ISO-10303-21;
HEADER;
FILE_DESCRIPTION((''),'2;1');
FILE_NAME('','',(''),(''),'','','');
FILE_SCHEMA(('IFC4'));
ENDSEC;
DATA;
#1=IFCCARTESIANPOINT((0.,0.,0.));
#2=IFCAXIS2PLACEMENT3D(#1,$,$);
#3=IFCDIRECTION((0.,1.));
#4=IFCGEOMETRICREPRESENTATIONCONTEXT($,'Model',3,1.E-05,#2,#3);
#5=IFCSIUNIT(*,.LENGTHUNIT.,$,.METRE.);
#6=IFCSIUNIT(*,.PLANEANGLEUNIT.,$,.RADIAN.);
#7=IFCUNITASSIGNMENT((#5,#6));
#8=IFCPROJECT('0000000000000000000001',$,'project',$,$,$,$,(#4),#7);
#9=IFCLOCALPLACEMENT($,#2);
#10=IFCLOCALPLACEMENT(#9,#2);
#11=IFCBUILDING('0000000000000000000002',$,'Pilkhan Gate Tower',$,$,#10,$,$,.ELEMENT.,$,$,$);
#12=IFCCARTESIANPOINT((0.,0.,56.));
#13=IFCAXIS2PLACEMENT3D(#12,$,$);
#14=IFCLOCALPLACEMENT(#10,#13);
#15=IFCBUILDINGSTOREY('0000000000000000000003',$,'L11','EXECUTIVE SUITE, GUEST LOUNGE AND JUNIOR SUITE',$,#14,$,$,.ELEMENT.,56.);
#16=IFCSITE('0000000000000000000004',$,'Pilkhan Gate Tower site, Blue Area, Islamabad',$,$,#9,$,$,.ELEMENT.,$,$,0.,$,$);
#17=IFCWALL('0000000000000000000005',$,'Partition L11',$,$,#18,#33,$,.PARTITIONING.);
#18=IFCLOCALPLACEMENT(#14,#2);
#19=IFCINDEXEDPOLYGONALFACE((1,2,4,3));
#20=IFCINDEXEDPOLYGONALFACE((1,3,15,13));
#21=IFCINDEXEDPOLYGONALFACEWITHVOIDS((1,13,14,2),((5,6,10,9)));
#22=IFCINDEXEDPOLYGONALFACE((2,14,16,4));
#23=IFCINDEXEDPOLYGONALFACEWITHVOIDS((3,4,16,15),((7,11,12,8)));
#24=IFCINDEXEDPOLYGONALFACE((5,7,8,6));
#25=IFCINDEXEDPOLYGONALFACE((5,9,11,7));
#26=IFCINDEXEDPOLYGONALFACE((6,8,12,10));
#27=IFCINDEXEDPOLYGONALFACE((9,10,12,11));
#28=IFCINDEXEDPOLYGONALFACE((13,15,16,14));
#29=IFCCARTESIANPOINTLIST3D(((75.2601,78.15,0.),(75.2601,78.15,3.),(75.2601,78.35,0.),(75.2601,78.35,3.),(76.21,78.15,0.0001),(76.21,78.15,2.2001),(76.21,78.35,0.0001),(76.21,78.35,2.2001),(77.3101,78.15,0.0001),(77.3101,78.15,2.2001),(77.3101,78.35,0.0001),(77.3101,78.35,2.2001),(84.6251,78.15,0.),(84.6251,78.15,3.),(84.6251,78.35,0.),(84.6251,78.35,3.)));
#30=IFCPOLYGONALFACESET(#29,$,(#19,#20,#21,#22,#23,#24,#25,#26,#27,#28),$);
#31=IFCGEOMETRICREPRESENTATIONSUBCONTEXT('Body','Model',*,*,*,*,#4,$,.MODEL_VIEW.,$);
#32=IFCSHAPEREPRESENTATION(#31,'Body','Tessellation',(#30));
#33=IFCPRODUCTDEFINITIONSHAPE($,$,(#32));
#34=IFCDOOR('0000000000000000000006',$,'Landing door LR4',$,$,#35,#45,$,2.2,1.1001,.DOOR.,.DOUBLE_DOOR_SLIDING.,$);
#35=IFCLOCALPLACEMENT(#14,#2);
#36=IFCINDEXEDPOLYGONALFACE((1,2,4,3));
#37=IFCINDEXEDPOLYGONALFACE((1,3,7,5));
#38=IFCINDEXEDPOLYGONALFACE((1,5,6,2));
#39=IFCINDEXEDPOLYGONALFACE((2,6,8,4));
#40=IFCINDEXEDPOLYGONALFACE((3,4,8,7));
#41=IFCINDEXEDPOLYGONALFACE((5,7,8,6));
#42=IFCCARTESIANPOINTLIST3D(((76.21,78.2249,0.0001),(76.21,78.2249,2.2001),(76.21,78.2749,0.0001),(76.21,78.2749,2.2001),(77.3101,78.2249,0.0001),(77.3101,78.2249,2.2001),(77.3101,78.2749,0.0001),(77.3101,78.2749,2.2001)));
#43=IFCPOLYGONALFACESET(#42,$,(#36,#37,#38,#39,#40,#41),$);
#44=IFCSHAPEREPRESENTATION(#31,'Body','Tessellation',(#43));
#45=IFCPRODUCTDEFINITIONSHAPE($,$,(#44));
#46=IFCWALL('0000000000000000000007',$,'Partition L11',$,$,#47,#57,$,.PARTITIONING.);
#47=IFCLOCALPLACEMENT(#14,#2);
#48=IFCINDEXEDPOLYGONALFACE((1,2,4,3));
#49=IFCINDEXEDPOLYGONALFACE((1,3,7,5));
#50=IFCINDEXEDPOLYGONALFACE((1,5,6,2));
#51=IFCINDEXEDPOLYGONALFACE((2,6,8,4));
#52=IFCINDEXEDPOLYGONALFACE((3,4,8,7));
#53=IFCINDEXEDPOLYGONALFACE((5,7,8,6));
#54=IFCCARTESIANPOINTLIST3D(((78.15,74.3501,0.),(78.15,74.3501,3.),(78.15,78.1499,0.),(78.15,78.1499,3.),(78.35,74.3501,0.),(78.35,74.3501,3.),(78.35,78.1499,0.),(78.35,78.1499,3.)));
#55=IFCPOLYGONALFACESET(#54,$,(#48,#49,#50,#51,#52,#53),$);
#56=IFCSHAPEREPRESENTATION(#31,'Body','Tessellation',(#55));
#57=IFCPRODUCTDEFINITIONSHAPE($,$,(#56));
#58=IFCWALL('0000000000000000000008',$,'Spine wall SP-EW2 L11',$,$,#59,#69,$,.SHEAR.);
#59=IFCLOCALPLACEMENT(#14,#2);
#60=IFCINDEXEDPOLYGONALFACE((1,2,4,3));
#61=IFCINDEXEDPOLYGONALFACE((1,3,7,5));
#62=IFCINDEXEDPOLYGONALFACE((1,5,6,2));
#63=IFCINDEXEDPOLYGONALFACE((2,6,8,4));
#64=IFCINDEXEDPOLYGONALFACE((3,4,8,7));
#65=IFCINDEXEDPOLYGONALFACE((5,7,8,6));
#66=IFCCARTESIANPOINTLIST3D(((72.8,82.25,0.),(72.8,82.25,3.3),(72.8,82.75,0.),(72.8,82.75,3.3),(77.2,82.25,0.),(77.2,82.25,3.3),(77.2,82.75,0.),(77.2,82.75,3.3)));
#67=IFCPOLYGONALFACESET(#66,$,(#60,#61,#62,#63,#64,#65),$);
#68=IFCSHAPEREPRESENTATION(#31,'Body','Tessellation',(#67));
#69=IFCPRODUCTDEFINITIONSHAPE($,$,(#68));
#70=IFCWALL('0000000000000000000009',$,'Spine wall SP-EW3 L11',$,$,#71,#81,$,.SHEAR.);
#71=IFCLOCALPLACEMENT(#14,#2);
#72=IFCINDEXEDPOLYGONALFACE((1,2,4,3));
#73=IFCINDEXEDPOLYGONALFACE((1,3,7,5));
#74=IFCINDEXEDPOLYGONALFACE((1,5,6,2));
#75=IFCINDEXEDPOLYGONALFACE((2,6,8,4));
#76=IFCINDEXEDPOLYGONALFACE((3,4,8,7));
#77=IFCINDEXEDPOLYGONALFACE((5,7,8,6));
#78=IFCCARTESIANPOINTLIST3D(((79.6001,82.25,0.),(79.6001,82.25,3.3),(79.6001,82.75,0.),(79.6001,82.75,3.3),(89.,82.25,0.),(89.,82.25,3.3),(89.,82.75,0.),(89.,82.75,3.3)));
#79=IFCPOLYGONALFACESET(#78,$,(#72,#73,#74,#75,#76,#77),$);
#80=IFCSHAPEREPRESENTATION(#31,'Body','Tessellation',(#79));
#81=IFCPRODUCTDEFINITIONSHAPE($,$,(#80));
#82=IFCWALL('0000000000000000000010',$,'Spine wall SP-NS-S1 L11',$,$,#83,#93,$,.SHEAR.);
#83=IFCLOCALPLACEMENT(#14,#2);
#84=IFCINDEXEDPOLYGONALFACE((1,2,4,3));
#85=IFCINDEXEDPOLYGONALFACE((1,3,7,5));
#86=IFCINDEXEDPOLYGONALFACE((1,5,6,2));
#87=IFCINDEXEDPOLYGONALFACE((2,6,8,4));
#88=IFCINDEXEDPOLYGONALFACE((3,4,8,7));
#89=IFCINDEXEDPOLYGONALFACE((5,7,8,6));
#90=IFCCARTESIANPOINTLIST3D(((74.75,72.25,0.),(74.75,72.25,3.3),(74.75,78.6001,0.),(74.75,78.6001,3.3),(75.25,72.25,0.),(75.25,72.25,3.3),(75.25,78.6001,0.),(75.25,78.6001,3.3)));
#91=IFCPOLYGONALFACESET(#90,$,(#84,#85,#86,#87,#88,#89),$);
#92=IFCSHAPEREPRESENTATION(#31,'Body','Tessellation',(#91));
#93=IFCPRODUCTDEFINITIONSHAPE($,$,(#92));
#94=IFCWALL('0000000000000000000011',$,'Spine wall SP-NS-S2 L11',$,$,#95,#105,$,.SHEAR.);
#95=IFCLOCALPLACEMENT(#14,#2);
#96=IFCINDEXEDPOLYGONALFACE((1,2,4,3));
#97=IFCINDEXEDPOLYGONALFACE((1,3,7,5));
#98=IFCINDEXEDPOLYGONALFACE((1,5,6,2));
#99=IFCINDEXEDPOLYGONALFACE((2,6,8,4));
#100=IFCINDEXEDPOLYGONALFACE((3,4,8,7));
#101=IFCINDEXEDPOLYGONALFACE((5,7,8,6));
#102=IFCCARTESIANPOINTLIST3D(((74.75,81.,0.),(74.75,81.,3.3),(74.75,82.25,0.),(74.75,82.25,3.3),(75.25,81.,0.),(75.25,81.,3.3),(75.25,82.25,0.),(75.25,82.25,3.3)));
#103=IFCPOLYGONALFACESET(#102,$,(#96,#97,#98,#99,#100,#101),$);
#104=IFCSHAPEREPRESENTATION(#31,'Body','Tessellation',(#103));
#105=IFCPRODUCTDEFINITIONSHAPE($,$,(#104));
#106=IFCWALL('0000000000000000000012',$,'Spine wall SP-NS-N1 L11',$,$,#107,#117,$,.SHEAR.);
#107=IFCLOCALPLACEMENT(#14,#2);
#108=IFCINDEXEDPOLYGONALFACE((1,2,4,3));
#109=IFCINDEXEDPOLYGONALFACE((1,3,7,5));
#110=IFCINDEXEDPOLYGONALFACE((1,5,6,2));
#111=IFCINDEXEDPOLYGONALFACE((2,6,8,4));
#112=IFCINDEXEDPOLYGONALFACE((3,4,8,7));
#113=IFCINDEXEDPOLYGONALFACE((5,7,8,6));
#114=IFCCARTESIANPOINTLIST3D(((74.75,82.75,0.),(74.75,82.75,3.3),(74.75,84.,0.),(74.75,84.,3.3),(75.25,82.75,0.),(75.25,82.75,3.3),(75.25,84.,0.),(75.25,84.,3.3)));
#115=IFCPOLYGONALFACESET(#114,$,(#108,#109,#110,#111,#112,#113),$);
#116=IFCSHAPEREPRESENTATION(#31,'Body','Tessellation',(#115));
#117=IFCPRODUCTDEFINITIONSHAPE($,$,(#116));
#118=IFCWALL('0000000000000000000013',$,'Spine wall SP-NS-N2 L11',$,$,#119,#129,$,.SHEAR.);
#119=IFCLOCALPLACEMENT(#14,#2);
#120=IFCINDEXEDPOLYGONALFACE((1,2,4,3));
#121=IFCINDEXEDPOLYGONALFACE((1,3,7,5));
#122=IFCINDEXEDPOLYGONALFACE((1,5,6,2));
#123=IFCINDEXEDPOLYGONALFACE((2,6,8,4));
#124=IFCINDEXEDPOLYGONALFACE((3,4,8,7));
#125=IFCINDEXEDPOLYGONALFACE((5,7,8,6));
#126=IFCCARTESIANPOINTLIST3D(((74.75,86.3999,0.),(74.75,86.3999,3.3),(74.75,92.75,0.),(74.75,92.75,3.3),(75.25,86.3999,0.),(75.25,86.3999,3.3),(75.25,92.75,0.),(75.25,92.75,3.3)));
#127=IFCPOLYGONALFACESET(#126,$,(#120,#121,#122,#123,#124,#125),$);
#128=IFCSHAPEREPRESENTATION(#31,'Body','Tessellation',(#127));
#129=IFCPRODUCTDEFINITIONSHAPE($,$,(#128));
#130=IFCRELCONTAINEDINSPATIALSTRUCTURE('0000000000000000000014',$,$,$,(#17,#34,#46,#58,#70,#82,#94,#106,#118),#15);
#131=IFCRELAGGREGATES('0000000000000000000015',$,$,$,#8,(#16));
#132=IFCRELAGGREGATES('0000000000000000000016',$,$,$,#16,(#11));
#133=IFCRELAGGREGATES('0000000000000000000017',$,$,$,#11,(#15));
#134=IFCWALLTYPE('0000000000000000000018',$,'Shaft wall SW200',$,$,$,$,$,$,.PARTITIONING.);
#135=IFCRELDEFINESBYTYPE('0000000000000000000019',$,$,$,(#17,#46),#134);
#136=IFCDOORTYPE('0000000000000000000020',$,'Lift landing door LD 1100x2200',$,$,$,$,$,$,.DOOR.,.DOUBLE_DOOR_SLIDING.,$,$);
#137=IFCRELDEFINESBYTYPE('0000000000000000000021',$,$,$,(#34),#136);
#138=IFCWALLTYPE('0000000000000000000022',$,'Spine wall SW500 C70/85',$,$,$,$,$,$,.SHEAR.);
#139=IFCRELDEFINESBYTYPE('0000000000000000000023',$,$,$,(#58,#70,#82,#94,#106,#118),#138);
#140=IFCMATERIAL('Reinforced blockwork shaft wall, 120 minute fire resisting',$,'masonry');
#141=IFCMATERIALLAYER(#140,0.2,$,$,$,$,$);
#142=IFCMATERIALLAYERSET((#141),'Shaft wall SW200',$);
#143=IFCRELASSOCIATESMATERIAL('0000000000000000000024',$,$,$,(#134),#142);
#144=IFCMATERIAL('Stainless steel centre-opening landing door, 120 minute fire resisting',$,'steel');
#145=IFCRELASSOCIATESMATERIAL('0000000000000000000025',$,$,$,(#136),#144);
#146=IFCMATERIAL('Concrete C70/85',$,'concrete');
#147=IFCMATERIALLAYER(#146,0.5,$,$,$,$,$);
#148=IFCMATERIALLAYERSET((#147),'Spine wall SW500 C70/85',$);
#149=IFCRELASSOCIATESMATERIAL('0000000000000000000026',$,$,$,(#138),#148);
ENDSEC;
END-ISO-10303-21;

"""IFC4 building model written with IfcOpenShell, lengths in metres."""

from ifc_helpers import new_model, si_unit, direction, frame, frame_2d, origin, place, context, subcontext, project, spatial, rectangle, extrude, material, layer, layer_set, type_object, element, fill, save


model = new_model("IFC4")

# Units and contexts
model_context = context("Model", 3, precision=1e-05, world=origin(), true_north=direction((0.0, 1.0)))
body_context = subcontext(model_context, "Body", "Model", "MODEL_VIEW")
ifc_project = project(units=[si_unit("LENGTHUNIT", "METRE"), si_unit("PLANEANGLEUNIT", "RADIAN")], contexts=[model_context])

# Site, building, storey
site_placement = place(None, origin())
site = spatial("IfcSite", under=ifc_project, at=site_placement, Name="Pilkhan Gate Tower site, Blue Area, Islamabad", CompositionType="ELEMENT", RefElevation=0.0)
building_placement = place(site_placement, origin())
building = spatial("IfcBuilding", under=site, at=building_placement, Name="Pilkhan Gate Tower", CompositionType="ELEMENT")
storey_placement = place(building_placement, frame((0.0, 0.0, 56.0)))
storey = spatial("IfcBuildingStorey", under=building, at=storey_placement, Name="L11", Description="EXECUTIVE SUITE, GUEST LOUNGE AND JUNIOR SUITE", CompositionType="ELEMENT", Elevation=56.0)

# Shared definitions
ifc_material_1 = material(Name="Concrete C70/85", Category="concrete")

# Shared definitions
ifc_material_2 = material(Name="Reinforced blockwork shaft wall, 120 minute fire resisting", Category="masonry")
ifc_layer_1 = layer(ifc_material_2, 0.2)
ifc_layer_set_1 = layer_set([ifc_layer_1], Name="Shaft wall SW200")
wall_type_1 = type_object("IfcWallType", Name="Shaft wall SW200", PredefinedType="PARTITIONING", material=ifc_layer_set_1)

# Wall, opening, door
wall_1_placement = place(storey_placement, frame((75.26, 78.25, 0.0), z_axis=(0.0, 0.0, 1.0), x_axis=(1.0, 0.0, 0.0)))
wall_1 = element("IfcWall", 1, at=wall_1_placement, inside=storey, type_object=wall_type_1, Name="Partition L11", PredefinedType="PARTITIONING", context=body_context, shape_type="SweptSolid", body=[
    extrude(rectangle(XDim=9.365, YDim=0.2, at=frame_2d((4.6826, 0.0))), origin(), (0.0, 0.0, 1.0), 3.0),
])
opening_1_placement = place(wall_1_placement, frame((0.95, 0.0, 0.0)))
opening_1 = element("IfcOpeningElement", 2, at=opening_1_placement, cuts=wall_1, PredefinedType="OPENING", context=body_context, shape_type="SweptSolid", body=[
    extrude(rectangle(XDim=1.1001, YDim=2.2, at=frame_2d((0.55, 1.1001))), frame((0.0, 0.1099, 0.0), z_axis=(0.0, -1.0, 0.0), x_axis=(1.0, 0.0, 0.0)), (0.0, 0.0, 1.0), 0.22),
])
ifc_material_3 = material(Name="Stainless steel centre-opening landing door, 120 minute fire resisting", Category="steel")
door_type_1 = type_object("IfcDoorType", Name="Lift landing door LD 1100x2200", OperationType="DOUBLE_DOOR_SLIDING", PredefinedType="DOOR", material=ifc_material_3)
door_1_placement = place(opening_1_placement, origin())
door_1 = element("IfcDoor", 3, at=door_1_placement, inside=storey, type_object=door_type_1, Name="Landing door LR4", OperationType="DOUBLE_DOOR_SLIDING", OverallHeight=2.2, OverallWidth=1.1001, PredefinedType="DOOR", context=body_context, shape_type="SweptSolid", body=[
    extrude(rectangle(XDim=1.1001, YDim=2.2, at=frame_2d((0.55, 1.1001))), frame((0.0, 0.0249, 0.0), z_axis=(0.0, -1.0, 0.0), x_axis=(1.0, 0.0, 0.0)), (0.0, 0.0, 1.0), 0.05),
])
fill(opening_1, door_1)

# Walls
wall_2_placement = place(storey_placement, frame((78.25, 74.3501, 0.0), z_axis=(0.0, 0.0, 1.0), x_axis=(0.0, 1.0, 0.0)))
element("IfcWall", 4, at=wall_2_placement, inside=storey, type_object=wall_type_1, Name="Partition L11", PredefinedType="PARTITIONING", context=body_context, shape_type="SweptSolid", body=[
    extrude(rectangle(XDim=3.7998, YDim=0.2, at=frame_2d((1.8999, 0.0))), origin(), (0.0, 0.0, 1.0), 3.0),
])
ifc_layer_2 = layer(ifc_material_1, 0.5)
ifc_layer_set_2 = layer_set([ifc_layer_2], Name="Spine wall SW500 C70/85")
wall_type_2 = type_object("IfcWallType", Name="Spine wall SW500 C70/85", PredefinedType="SHEAR", material=ifc_layer_set_2)
wall_3_placement = place(storey_placement, frame((72.8, 82.5, 0.0), z_axis=(0.0, 0.0, 1.0), x_axis=(1.0, 0.0, 0.0)))
element("IfcWall", 5, at=wall_3_placement, inside=storey, type_object=wall_type_2, Name="Spine wall SP-EW2 L11", PredefinedType="SHEAR", context=body_context, shape_type="SweptSolid", body=[
    extrude(rectangle(XDim=4.3999, YDim=0.5, at=frame_2d((2.2, 0.0))), origin(), (0.0, 0.0, 1.0), 3.3),
])
wall_4_placement = place(storey_placement, frame((79.6001, 82.5, 0.0), z_axis=(0.0, 0.0, 1.0), x_axis=(1.0, 0.0, 0.0)))
element("IfcWall", 6, at=wall_4_placement, inside=storey, type_object=wall_type_2, Name="Spine wall SP-EW3 L11", PredefinedType="SHEAR", context=body_context, shape_type="SweptSolid", body=[
    extrude(rectangle(XDim=9.3999, YDim=0.5, at=frame_2d((4.7, 0.0))), origin(), (0.0, 0.0, 1.0), 3.3),
])
wall_5_placement = place(storey_placement, frame((75.0, 72.25, 0.0), z_axis=(0.0, 0.0, 1.0), x_axis=(0.0, 1.0, 0.0)))
element("IfcWall", 7, at=wall_5_placement, inside=storey, type_object=wall_type_2, Name="Spine wall SP-NS-S1 L11", PredefinedType="SHEAR", context=body_context, shape_type="SweptSolid", body=[
    extrude(rectangle(XDim=6.3501, YDim=0.5, at=frame_2d((3.175, 0.0))), origin(), (0.0, 0.0, 1.0), 3.3),
])
for number, where, z_axis, x_axis, name in (
    (8, (75.0, 81.0, 0.0), (0.0, 0.0, 1.0), (0.0, 1.0, 0.0), "Spine wall SP-NS-S2 L11"),
    (9, (75.0, 82.75, 0.0), (0.0, 0.0, 1.0), (0.0, 1.0, 0.0), "Spine wall SP-NS-N1 L11"),
):
    element("IfcWall", number, at=place(storey_placement, frame(where, z_axis=z_axis, x_axis=x_axis)), inside=storey, type_object=wall_type_2, Name=name, PredefinedType="SHEAR", context=body_context, shape_type="SweptSolid", body=[
        extrude(rectangle(XDim=1.25, YDim=0.5, at=frame_2d((0.625, 0.0))), origin(), (0.0, 0.0, 1.0), 3.3),
    ])
wall_6_placement = place(storey_placement, frame((75.0, 86.3999, 0.0), z_axis=(0.0, 0.0, 1.0), x_axis=(0.0, 1.0, 0.0)))
element("IfcWall", 10, at=wall_6_placement, inside=storey, type_object=wall_type_2, Name="Spine wall SP-NS-N2 L11", PredefinedType="SHEAR", context=body_context, shape_type="SweptSolid", body=[
    extrude(rectangle(XDim=6.3501, YDim=0.5, at=frame_2d((3.175, 0.0))), origin(), (0.0, 0.0, 1.0), 3.3),
])

save(model, "model.ifc")
